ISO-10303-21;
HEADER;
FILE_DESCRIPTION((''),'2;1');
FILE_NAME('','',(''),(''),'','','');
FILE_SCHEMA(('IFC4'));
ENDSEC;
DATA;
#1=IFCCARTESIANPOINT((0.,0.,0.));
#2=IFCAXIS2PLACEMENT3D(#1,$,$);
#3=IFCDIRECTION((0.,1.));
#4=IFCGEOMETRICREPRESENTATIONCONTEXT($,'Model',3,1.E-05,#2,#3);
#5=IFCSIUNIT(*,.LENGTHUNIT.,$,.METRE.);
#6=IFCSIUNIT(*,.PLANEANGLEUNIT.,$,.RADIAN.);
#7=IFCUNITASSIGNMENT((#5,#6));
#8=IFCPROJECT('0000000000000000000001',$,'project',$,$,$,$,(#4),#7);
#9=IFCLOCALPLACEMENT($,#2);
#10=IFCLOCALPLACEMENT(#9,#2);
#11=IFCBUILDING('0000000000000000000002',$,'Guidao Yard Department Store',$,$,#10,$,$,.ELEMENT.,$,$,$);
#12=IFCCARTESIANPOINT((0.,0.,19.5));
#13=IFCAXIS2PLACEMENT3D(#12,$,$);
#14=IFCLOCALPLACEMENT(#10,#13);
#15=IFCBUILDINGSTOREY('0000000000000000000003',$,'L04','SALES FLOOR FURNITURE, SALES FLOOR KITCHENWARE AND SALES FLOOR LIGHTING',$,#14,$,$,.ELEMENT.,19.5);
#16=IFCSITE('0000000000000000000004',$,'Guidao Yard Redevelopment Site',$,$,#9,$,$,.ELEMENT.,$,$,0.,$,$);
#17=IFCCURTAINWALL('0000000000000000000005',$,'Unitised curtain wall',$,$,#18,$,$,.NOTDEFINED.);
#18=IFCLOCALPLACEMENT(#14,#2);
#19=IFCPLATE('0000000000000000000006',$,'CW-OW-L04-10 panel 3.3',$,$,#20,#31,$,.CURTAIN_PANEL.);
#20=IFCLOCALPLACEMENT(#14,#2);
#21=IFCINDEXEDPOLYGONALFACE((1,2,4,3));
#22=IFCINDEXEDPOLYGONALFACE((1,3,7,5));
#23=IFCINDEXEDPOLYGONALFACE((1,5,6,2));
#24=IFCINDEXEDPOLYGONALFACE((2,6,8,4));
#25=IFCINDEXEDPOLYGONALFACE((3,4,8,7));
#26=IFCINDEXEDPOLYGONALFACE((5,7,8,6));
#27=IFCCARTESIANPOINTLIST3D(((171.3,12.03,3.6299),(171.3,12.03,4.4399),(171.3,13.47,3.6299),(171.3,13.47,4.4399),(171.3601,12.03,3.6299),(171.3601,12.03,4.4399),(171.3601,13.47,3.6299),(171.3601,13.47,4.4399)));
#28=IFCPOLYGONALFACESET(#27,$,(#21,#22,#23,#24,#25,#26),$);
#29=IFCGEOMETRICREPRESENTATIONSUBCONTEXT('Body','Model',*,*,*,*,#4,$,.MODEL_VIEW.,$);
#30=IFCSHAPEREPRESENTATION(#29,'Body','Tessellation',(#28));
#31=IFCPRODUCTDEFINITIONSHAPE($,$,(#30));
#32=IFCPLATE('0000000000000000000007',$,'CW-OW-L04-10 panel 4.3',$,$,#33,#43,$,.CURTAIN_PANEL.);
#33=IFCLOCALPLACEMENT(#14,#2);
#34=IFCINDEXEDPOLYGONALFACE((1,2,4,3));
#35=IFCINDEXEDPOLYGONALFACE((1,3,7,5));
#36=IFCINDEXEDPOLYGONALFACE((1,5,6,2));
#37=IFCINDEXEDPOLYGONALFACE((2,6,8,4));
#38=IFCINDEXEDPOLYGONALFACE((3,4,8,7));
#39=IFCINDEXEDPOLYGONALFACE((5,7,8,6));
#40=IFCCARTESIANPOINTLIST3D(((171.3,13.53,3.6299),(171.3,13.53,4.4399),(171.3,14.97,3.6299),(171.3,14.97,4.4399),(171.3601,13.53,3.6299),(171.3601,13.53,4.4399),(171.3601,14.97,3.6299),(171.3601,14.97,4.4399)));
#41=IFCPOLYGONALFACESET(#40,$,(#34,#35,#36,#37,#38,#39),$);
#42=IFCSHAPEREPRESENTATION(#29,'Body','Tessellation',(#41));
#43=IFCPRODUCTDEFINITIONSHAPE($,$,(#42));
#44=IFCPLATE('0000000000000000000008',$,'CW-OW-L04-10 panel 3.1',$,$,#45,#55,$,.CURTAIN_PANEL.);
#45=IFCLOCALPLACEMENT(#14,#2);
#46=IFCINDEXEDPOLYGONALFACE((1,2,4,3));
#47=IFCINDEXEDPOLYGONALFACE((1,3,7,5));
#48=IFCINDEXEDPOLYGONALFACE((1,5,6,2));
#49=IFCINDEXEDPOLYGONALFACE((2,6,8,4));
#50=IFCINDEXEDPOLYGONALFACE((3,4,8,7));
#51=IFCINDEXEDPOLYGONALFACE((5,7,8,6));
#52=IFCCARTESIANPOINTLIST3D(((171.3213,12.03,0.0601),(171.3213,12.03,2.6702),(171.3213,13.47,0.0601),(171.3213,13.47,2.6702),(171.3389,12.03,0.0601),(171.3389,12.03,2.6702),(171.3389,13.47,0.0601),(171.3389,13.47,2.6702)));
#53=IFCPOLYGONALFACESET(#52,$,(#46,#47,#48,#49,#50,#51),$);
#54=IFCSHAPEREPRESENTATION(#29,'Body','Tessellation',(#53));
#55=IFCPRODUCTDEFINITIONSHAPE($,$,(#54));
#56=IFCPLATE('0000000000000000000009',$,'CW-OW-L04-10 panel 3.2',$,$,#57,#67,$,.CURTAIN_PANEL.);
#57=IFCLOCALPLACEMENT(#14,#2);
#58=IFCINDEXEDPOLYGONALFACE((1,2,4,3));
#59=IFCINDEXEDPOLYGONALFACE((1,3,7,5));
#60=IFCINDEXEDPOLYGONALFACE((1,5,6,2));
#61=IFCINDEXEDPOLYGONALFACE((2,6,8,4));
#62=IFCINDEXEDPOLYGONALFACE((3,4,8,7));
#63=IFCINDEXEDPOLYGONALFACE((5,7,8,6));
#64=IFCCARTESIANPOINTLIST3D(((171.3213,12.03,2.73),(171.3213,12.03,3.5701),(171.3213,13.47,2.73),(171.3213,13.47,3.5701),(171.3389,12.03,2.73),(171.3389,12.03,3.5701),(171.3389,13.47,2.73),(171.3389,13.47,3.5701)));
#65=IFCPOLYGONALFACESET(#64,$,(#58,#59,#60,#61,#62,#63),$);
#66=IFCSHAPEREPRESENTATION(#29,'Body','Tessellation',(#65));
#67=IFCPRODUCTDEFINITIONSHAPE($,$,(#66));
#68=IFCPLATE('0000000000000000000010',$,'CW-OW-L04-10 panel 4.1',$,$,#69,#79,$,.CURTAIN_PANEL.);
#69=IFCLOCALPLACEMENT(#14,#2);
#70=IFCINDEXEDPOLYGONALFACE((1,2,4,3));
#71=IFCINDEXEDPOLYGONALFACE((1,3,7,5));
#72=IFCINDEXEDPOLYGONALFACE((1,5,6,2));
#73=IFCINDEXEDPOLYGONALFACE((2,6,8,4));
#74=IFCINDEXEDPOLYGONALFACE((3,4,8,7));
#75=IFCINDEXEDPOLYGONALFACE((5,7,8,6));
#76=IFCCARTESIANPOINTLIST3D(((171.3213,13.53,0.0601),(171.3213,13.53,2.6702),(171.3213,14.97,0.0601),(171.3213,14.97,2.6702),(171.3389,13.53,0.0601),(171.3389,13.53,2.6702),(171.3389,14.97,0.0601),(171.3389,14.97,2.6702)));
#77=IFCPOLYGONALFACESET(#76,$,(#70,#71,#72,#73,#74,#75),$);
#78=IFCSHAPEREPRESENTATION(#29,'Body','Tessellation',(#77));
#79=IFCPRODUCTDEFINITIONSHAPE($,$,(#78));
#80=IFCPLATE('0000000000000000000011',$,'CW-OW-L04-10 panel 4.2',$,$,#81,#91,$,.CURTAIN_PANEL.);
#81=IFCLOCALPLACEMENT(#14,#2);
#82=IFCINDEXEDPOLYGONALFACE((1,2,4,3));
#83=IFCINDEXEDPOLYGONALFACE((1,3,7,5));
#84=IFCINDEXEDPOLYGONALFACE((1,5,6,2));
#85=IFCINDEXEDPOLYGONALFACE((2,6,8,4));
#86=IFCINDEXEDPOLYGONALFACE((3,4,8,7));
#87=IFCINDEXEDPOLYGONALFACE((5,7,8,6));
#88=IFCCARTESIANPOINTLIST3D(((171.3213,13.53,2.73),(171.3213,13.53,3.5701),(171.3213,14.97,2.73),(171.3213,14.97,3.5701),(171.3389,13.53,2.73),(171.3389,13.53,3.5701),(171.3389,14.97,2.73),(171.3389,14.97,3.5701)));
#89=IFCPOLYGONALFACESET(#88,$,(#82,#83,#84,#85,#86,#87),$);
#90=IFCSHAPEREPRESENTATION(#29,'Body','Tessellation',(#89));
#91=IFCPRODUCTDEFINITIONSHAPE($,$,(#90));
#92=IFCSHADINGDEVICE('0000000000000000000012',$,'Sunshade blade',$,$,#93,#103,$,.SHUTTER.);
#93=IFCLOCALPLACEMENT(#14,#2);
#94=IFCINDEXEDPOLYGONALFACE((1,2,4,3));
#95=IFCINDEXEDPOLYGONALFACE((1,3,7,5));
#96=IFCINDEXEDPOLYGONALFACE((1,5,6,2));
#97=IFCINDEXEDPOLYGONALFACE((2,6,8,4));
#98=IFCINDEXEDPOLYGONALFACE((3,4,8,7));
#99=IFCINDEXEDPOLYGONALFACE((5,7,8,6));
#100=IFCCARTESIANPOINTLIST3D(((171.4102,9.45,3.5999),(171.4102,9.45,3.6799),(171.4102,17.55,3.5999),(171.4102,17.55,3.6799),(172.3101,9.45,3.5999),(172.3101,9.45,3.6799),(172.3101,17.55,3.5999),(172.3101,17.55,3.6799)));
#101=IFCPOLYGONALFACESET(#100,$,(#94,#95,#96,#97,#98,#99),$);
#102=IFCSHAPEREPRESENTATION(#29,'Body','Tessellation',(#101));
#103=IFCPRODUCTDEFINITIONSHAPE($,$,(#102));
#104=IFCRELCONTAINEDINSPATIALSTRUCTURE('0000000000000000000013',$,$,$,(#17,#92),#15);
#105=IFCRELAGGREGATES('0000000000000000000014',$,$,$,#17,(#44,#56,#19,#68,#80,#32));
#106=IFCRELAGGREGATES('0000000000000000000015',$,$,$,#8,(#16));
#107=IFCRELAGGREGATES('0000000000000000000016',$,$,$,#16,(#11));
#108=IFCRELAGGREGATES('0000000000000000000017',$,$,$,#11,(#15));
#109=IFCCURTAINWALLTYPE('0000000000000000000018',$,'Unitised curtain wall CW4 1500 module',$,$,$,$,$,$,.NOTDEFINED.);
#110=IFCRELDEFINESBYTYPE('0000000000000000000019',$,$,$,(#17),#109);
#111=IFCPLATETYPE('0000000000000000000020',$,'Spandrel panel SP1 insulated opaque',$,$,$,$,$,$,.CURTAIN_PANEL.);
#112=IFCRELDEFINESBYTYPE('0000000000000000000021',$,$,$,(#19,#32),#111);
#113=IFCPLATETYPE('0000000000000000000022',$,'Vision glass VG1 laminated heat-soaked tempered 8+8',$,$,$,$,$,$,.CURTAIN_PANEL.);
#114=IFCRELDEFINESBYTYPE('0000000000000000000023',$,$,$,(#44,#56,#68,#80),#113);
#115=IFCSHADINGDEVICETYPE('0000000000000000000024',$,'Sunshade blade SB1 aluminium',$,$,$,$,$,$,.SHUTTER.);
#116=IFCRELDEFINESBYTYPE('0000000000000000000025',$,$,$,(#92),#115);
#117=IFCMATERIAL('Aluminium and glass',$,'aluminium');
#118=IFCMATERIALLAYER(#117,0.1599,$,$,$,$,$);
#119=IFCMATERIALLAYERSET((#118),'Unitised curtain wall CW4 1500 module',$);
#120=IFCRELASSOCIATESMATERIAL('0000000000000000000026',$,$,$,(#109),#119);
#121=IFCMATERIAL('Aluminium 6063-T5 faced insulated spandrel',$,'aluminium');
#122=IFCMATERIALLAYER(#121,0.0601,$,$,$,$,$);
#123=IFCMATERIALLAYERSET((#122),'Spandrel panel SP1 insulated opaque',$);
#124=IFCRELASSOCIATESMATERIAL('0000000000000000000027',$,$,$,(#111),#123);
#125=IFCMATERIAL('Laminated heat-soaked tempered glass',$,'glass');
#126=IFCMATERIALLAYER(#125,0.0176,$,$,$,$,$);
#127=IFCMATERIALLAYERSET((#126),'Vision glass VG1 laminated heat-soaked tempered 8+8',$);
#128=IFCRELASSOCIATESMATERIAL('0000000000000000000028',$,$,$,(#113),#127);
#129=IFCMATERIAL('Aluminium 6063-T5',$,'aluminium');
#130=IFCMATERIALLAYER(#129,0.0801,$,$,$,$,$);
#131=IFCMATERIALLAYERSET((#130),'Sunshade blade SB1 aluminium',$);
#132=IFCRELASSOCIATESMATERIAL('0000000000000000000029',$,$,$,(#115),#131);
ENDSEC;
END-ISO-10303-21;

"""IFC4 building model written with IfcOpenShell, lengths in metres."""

from ifc_helpers import new_model, si_unit, direction, frame, origin, origin_2d, place, context, subcontext, project, spatial, rectangle, extrude, material, layer, layer_set, type_object, element, aggregate, save


model = new_model("IFC4")

# Units and contexts
model_context = context("Model", 3, precision=1e-05, world=origin(), true_north=direction((0.0, 1.0)))
body_context = subcontext(model_context, "Body", "Model", "MODEL_VIEW")
ifc_project = project(units=[si_unit("LENGTHUNIT", "METRE"), si_unit("PLANEANGLEUNIT", "RADIAN")], contexts=[model_context])

# Site, building, storey
site_placement = place(None, origin())
site = spatial("IfcSite", under=ifc_project, at=site_placement, Name="Guidao Yard Redevelopment Site", CompositionType="ELEMENT", RefElevation=0.0)
building_placement = place(site_placement, origin())
building = spatial("IfcBuilding", under=site, at=building_placement, Name="Guidao Yard Department Store", CompositionType="ELEMENT")
storey_placement = place(building_placement, frame((0.0, 0.0, 19.5)))
storey = spatial("IfcBuildingStorey", under=building, at=storey_placement, Name="L04", Description="SALES FLOOR FURNITURE, SALES FLOOR KITCHENWARE AND SALES FLOOR LIGHTING", CompositionType="ELEMENT", Elevation=19.5)

# Curtain wall, plates
ifc_material_1 = material(Name="Aluminium and glass", Category="aluminium")
ifc_layer_1 = layer(ifc_material_1, 0.1599)
ifc_layer_set_1 = layer_set([ifc_layer_1], Name="Unitised curtain wall CW4 1500 module")
curtain_wall_type = type_object("IfcCurtainWallType", Name="Unitised curtain wall CW4 1500 module", PredefinedType="NOTDEFINED", material=ifc_layer_set_1)
curtain_wall_placement = place(storey_placement, origin())
curtain_wall = element("IfcCurtainWall", 1, at=curtain_wall_placement, inside=storey, type_object=curtain_wall_type, Name="Unitised curtain wall", PredefinedType="NOTDEFINED")
ifc_material_2 = material(Name="Aluminium 6063-T5 faced insulated spandrel", Category="aluminium")
ifc_layer_2 = layer(ifc_material_2, 0.0601)
ifc_layer_set_2 = layer_set([ifc_layer_2], Name="Spandrel panel SP1 insulated opaque")
plate_type_1 = type_object("IfcPlateType", Name="Spandrel panel SP1 insulated opaque", PredefinedType="CURTAIN_PANEL", material=ifc_layer_set_2)
plate_1_placement = place(storey_placement, frame((171.3301, 12.75, 3.6299), z_axis=(0.0, 0.0, 1.0), x_axis=(0.0, -1.0, 0.0)))
plate_1 = element("IfcPlate", 2, at=plate_1_placement, type_object=plate_type_1, Name="CW-OW-L04-10 panel 3.3", PredefinedType="CURTAIN_PANEL", context=body_context, shape_type="SweptSolid", body=[
    extrude(rectangle(XDim=1.4399, YDim=0.0601, at=origin_2d()), origin(), (0.0, 0.0, 1.0), 0.8101),
])
plate_2_placement = place(storey_placement, frame((171.3301, 14.25, 3.6299), z_axis=(0.0, 0.0, 1.0), x_axis=(0.0, -1.0, 0.0)))
plate_2 = element("IfcPlate", 3, at=plate_2_placement, type_object=plate_type_1, Name="CW-OW-L04-10 panel 4.3", PredefinedType="CURTAIN_PANEL", context=body_context, shape_type="SweptSolid", body=[
    extrude(rectangle(XDim=1.4399, YDim=0.0601, at=origin_2d()), origin(), (0.0, 0.0, 1.0), 0.8101),
])
ifc_material_3 = material(Name="Laminated heat-soaked tempered glass", Category="glass")
ifc_layer_3 = layer(ifc_material_3, 0.0176)
ifc_layer_set_3 = layer_set([ifc_layer_3], Name="Vision glass VG1 laminated heat-soaked tempered 8+8")
plate_type_2 = type_object("IfcPlateType", Name="Vision glass VG1 laminated heat-soaked tempered 8+8", PredefinedType="CURTAIN_PANEL", material=ifc_layer_set_3)
plate_3_placement = place(storey_placement, frame((171.3301, 12.75, 0.0601), z_axis=(0.0, 0.0, 1.0), x_axis=(0.0, -1.0, 0.0)))
plate_3 = element("IfcPlate", 4, at=plate_3_placement, type_object=plate_type_2, Name="CW-OW-L04-10 panel 3.1", PredefinedType="CURTAIN_PANEL", context=body_context, shape_type="SweptSolid", body=[
    extrude(rectangle(XDim=1.4399, YDim=0.0176, at=origin_2d()), origin(), (0.0, 0.0, 1.0), 2.6101),
])
plate_4_placement = place(storey_placement, frame((171.3301, 12.75, 2.73), z_axis=(0.0, 0.0, 1.0), x_axis=(0.0, -1.0, 0.0)))
plate_4 = element("IfcPlate", 5, at=plate_4_placement, type_object=plate_type_2, Name="CW-OW-L04-10 panel 3.2", PredefinedType="CURTAIN_PANEL", context=body_context, shape_type="SweptSolid", body=[
    extrude(rectangle(XDim=1.4399, YDim=0.0176, at=origin_2d()), origin(), (0.0, 0.0, 1.0), 0.8401),
])
plate_5_placement = place(storey_placement, frame((171.3301, 14.25, 0.0601), z_axis=(0.0, 0.0, 1.0), x_axis=(0.0, -1.0, 0.0)))
plate_5 = element("IfcPlate", 6, at=plate_5_placement, type_object=plate_type_2, Name="CW-OW-L04-10 panel 4.1", PredefinedType="CURTAIN_PANEL", context=body_context, shape_type="SweptSolid", body=[
    extrude(rectangle(XDim=1.4399, YDim=0.0176, at=origin_2d()), origin(), (0.0, 0.0, 1.0), 2.6101),
])
plate_6_placement = place(storey_placement, frame((171.3301, 14.25, 2.73), z_axis=(0.0, 0.0, 1.0), x_axis=(0.0, -1.0, 0.0)))
plate_6 = element("IfcPlate", 7, at=plate_6_placement, type_object=plate_type_2, Name="CW-OW-L04-10 panel 4.2", PredefinedType="CURTAIN_PANEL", context=body_context, shape_type="SweptSolid", body=[
    extrude(rectangle(XDim=1.4399, YDim=0.0176, at=origin_2d()), origin(), (0.0, 0.0, 1.0), 0.8401),
])
aggregate(curtain_wall, [plate_3, plate_4, plate_1, plate_5, plate_6, plate_2])

# Shading device
ifc_material_4 = material(Name="Aluminium 6063-T5", Category="aluminium")
ifc_layer_4 = layer(ifc_material_4, 0.0801)
ifc_layer_set_4 = layer_set([ifc_layer_4], Name="Sunshade blade SB1 aluminium")
shading_device_type = type_object("IfcShadingDeviceType", Name="Sunshade blade SB1 aluminium", PredefinedType="SHUTTER", material=ifc_layer_set_4)
shading_device_placement = place(storey_placement, frame((171.8601, 13.5, 3.5999), z_axis=(0.0, 0.0, 1.0), x_axis=(0.0, -1.0, 0.0)))
element("IfcShadingDevice", 8, at=shading_device_placement, inside=storey, type_object=shading_device_type, Name="Sunshade blade", PredefinedType="SHUTTER", context=body_context, shape_type="SweptSolid", body=[
    extrude(rectangle(XDim=8.1001, YDim=0.8999, at=origin_2d()), origin(), (0.0, 0.0, 1.0), 0.0801),
])

save(model, "model.ifc")
